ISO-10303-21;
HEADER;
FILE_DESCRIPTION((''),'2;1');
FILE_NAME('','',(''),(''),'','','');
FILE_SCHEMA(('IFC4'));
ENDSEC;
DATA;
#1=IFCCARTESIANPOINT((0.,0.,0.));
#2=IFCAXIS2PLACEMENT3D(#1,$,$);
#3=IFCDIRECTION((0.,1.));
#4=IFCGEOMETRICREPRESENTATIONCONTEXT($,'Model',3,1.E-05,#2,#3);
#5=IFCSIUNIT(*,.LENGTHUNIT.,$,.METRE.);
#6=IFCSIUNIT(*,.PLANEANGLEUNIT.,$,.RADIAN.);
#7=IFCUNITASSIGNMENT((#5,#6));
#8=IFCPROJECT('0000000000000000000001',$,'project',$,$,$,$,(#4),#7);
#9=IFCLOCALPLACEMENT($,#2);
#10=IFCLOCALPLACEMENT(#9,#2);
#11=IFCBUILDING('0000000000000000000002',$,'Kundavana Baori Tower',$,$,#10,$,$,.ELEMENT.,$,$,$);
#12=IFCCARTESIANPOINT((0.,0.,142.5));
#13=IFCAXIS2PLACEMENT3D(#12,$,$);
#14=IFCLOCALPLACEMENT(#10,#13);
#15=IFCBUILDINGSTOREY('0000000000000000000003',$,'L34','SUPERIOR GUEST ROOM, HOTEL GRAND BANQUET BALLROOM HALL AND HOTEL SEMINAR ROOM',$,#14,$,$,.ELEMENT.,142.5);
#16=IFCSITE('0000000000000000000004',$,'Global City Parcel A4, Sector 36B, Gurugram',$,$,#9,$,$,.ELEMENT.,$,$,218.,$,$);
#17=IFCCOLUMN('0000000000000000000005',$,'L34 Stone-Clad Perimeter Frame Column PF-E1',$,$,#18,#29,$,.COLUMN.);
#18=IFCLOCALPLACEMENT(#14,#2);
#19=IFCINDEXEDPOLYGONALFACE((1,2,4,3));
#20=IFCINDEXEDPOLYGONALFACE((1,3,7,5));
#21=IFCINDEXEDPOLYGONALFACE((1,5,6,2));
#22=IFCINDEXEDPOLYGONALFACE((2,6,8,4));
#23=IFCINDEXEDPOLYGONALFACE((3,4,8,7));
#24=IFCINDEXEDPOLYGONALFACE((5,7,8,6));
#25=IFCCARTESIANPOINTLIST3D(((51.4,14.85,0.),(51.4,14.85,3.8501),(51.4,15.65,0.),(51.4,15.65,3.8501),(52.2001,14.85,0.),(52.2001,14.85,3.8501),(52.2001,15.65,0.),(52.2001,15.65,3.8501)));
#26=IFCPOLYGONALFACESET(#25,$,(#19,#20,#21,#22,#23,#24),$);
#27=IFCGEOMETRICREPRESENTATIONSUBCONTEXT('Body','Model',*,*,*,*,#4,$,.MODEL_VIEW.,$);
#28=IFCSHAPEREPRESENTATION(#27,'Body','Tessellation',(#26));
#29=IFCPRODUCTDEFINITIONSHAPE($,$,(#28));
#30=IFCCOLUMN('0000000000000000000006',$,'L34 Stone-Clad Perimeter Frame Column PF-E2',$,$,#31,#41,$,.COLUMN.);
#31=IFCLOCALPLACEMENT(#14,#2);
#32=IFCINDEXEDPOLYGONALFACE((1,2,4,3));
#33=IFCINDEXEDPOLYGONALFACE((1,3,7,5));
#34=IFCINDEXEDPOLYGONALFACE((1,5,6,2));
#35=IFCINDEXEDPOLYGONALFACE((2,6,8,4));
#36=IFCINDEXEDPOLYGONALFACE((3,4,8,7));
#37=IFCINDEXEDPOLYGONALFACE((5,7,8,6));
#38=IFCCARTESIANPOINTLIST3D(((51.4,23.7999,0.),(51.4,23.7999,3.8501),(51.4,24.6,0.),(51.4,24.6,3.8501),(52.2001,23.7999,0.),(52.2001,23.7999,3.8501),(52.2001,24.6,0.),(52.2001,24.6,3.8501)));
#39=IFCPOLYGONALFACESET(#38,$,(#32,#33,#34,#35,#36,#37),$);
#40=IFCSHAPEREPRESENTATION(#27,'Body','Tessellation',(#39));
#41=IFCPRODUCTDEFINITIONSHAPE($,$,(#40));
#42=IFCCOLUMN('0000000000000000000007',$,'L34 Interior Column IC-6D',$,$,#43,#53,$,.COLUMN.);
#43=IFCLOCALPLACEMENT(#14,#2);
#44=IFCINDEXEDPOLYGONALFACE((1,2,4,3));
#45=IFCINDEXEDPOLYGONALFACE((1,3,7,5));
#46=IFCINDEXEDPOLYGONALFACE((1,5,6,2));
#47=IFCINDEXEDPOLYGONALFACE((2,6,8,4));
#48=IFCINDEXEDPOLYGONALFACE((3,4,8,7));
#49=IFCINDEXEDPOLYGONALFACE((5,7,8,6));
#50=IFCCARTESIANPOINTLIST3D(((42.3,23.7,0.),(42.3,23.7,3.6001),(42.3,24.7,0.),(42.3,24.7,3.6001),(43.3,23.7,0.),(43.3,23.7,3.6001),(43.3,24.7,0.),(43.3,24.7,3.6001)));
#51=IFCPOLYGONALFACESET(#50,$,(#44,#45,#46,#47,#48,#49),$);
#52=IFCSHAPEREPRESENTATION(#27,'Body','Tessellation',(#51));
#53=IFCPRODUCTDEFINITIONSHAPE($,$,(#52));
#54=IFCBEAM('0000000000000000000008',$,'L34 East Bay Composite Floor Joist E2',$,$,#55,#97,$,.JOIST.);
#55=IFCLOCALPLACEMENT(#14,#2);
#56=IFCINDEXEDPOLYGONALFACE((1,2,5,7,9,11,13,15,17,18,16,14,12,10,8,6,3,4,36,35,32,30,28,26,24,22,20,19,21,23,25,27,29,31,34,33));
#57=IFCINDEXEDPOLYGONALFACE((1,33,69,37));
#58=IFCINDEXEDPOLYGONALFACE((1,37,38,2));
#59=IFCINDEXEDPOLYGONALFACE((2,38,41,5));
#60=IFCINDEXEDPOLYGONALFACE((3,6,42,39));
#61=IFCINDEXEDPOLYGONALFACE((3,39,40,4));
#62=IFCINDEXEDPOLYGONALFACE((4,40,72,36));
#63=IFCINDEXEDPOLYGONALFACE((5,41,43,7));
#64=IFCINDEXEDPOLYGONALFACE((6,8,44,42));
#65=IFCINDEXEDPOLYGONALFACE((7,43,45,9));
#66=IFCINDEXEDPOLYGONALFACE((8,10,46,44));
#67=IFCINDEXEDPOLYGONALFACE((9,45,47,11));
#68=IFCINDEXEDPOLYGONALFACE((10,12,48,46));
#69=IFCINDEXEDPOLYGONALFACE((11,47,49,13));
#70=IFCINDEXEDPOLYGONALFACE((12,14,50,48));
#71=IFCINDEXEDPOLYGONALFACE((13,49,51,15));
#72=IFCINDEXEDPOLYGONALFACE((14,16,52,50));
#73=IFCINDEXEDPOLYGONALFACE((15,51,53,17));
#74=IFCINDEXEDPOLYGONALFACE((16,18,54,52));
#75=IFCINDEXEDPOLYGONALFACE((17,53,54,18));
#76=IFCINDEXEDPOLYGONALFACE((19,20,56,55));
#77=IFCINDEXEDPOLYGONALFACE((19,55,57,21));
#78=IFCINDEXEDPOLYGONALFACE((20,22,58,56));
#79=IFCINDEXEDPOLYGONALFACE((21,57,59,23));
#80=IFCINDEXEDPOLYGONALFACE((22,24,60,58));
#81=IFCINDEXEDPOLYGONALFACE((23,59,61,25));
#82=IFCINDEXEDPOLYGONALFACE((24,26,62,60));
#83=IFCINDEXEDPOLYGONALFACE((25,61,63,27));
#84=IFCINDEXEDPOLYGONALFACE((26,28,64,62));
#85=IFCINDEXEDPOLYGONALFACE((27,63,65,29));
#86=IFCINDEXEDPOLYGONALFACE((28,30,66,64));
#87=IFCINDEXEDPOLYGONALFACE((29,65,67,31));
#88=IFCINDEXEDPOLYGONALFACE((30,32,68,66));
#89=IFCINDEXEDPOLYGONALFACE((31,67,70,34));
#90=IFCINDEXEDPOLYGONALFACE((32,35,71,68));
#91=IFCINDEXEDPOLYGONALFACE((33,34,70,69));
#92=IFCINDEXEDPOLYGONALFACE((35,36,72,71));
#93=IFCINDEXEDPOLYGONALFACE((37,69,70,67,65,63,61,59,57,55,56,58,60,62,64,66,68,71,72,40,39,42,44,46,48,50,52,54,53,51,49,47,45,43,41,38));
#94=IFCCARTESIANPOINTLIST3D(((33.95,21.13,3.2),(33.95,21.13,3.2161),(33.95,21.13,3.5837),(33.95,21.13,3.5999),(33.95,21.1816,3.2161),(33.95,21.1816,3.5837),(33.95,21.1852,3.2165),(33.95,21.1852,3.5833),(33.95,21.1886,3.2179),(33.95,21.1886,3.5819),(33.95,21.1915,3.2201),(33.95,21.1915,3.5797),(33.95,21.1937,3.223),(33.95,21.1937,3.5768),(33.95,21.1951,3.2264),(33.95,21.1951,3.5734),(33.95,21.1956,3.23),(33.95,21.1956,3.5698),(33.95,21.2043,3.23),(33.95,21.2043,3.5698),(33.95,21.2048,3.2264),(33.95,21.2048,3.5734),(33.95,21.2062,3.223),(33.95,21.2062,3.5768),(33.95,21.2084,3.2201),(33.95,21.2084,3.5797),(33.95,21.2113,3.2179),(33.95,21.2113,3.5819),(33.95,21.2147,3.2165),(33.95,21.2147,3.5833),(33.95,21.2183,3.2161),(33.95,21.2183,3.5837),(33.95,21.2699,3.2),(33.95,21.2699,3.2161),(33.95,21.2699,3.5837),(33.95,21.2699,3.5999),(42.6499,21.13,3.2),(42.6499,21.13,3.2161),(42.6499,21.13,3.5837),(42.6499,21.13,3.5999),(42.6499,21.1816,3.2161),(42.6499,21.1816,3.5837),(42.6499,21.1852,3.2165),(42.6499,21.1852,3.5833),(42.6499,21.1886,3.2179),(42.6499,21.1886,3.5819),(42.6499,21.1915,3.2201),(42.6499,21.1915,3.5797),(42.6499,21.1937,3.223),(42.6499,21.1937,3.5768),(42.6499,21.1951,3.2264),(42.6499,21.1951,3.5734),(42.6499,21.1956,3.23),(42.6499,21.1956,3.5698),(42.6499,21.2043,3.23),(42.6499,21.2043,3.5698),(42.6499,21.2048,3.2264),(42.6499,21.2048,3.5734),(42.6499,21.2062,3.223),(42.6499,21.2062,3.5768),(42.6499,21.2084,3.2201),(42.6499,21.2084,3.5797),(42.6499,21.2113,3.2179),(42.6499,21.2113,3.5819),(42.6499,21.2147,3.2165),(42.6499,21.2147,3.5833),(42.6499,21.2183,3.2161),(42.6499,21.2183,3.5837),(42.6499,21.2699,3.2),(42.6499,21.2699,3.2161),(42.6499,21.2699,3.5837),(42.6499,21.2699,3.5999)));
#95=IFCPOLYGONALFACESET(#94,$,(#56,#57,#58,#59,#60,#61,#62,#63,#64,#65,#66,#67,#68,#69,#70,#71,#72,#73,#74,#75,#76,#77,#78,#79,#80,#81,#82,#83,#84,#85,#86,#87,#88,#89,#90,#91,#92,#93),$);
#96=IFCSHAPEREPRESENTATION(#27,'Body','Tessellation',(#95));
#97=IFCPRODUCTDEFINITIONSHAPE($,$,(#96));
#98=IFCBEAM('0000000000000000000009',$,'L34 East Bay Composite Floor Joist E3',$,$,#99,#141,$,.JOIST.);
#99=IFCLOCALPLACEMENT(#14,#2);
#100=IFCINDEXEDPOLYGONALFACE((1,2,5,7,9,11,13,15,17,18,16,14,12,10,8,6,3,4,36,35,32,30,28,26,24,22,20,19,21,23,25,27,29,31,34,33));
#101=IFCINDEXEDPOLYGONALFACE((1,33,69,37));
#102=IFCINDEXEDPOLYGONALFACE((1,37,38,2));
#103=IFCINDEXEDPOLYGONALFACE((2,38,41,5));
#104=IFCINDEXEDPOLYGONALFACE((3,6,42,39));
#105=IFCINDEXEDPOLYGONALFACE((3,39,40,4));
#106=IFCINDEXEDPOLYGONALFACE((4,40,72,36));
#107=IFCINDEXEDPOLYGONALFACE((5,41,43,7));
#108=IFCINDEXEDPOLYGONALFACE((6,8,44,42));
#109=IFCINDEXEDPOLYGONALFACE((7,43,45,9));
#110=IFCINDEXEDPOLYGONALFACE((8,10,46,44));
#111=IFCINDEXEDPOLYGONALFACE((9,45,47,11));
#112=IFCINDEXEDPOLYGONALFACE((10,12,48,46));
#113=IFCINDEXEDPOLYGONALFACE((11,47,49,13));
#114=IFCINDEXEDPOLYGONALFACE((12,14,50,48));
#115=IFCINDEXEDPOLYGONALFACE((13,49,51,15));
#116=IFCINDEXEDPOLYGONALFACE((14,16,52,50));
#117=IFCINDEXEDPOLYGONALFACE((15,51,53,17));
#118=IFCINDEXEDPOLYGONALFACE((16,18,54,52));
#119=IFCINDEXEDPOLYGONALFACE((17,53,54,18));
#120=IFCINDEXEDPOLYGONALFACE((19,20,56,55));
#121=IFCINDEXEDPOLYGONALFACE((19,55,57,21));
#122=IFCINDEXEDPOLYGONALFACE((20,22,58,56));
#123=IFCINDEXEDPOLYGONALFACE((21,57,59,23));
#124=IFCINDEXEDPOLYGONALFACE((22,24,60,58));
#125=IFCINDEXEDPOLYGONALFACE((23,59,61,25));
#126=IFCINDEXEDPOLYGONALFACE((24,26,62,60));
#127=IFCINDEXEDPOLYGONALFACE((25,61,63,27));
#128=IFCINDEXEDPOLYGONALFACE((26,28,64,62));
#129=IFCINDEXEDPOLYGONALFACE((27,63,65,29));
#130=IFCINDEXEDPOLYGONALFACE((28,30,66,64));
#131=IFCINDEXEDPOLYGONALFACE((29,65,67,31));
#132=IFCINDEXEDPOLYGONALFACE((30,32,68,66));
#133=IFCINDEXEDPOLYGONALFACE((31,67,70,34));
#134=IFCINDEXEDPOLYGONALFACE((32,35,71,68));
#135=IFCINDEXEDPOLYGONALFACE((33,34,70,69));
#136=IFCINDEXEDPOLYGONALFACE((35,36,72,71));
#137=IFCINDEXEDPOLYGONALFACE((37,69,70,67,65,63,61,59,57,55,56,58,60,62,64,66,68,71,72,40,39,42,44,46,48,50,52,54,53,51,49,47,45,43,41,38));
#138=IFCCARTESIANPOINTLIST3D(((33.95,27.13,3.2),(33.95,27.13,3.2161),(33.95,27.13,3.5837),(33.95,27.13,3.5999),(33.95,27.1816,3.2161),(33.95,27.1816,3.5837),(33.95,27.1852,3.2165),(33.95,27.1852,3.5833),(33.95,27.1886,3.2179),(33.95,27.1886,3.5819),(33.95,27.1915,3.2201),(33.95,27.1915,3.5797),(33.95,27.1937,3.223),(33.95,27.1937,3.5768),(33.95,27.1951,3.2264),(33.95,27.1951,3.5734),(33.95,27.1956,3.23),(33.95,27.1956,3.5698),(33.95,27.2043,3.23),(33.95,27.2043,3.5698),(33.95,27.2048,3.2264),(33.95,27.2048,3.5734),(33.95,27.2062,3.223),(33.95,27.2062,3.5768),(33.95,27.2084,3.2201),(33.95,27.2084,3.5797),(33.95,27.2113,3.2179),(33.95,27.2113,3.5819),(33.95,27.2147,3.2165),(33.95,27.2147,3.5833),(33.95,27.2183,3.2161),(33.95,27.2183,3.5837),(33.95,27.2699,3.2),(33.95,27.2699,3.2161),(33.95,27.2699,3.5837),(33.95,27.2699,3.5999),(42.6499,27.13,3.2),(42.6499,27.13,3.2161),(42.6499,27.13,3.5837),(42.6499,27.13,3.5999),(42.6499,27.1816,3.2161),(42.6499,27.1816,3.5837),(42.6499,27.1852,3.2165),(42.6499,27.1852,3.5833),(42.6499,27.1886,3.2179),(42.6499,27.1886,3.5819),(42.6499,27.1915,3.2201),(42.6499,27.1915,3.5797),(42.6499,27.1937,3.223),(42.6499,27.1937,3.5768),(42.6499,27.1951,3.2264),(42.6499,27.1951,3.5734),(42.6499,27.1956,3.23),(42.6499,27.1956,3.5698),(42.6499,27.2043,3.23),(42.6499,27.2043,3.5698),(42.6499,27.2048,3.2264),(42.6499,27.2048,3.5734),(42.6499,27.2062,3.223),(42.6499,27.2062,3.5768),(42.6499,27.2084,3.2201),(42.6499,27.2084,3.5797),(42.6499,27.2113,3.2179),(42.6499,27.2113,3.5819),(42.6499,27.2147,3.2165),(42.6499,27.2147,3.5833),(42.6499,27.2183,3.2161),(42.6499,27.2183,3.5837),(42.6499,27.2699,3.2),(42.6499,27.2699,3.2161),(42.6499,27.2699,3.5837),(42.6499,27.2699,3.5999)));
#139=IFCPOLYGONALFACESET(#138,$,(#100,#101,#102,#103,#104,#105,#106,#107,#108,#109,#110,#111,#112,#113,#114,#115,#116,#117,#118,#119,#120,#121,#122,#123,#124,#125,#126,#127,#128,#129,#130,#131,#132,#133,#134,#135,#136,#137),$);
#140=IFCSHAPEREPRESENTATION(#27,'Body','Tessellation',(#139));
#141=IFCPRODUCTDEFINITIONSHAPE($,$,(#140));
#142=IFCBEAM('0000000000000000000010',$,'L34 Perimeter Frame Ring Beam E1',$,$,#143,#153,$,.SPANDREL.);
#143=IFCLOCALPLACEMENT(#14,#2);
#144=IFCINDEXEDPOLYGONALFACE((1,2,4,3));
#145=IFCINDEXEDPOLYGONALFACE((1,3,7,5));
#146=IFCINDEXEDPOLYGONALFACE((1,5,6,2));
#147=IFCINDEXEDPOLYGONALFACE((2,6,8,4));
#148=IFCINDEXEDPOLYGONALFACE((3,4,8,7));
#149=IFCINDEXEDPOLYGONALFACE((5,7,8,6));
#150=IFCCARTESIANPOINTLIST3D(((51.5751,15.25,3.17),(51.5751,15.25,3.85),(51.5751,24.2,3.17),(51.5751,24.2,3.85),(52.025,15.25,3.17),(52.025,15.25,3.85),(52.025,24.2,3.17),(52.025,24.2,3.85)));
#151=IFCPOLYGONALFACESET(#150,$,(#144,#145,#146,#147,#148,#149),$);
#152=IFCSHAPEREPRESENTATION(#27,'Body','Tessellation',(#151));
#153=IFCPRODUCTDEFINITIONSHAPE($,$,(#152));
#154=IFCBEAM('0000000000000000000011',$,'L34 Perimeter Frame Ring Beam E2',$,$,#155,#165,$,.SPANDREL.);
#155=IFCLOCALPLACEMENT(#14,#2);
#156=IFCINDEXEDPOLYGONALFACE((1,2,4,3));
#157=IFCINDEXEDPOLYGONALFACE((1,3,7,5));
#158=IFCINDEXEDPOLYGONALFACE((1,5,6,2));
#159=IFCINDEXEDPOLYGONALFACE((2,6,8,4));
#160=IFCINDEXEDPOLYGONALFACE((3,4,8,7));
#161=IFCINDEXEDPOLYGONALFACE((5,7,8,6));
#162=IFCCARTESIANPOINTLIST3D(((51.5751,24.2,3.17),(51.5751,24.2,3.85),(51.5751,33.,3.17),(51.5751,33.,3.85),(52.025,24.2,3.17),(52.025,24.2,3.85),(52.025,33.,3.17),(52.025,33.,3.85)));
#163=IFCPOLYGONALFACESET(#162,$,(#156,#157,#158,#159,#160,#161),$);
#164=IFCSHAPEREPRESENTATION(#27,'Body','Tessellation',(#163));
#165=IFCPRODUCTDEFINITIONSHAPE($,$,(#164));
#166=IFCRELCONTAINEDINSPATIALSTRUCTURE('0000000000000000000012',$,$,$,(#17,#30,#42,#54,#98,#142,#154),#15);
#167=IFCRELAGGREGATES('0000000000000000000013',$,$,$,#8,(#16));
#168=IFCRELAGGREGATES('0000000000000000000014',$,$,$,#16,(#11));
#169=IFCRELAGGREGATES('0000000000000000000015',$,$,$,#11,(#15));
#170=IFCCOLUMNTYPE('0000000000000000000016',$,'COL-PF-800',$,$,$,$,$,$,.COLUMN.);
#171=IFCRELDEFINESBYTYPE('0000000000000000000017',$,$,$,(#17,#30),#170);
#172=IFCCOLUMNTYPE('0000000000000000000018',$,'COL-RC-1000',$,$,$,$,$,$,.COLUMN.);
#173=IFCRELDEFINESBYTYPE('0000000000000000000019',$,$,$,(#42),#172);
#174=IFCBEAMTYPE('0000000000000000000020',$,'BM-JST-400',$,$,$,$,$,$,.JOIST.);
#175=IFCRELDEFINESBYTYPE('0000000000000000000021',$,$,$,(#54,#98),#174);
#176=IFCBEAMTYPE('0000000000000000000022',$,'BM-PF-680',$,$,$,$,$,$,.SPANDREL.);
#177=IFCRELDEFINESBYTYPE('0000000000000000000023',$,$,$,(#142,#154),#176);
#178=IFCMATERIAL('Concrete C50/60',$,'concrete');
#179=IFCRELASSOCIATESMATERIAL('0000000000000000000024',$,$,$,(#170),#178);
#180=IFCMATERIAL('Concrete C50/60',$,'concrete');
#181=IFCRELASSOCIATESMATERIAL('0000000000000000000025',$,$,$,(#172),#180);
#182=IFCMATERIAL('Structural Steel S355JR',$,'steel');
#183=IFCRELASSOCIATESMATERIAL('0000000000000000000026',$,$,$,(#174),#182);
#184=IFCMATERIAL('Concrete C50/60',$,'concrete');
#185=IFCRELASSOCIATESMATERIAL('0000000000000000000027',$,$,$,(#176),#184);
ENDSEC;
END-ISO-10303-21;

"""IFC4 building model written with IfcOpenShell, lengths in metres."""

from ifc_helpers import new_model, si_unit, direction, frame, origin, origin_2d, place, context, subcontext, project, spatial, rectangle, i_section, extrude, material, material_profile, profile_set, type_object, element, save


model = new_model("IFC4")

# Units and contexts
model_context = context("Model", 3, precision=1e-05, world=origin(), true_north=direction((0.0, 1.0)))
body_context = subcontext(model_context, "Body", "Model", "MODEL_VIEW")
ifc_project = project(units=[si_unit("LENGTHUNIT", "METRE"), si_unit("PLANEANGLEUNIT", "RADIAN")], contexts=[model_context])

# Site, building, storey
site_placement = place(None, origin())
site = spatial("IfcSite", under=ifc_project, at=site_placement, Name="Global City Parcel A4, Sector 36B, Gurugram", CompositionType="ELEMENT", RefElevation=218.0)
building_placement = place(site_placement, origin())
building = spatial("IfcBuilding", under=site, at=building_placement, Name="Kundavana Baori Tower", CompositionType="ELEMENT")
storey_placement = place(building_placement, frame((0.0, 0.0, 142.5)))
storey = spatial("IfcBuildingStorey", under=building, at=storey_placement, Name="L34", Description="SUPERIOR GUEST ROOM, HOTEL GRAND BANQUET BALLROOM HALL AND HOTEL SEMINAR ROOM", CompositionType="ELEMENT", Elevation=142.5)

# Columns
ifc_material_1 = material(Name="Concrete C50/60", Category="concrete")
ifc_material_profile_1 = material_profile(ifc_material_1, rectangle(XDim=0.8, YDim=0.8, at=origin_2d()), Name="RC PF 800x800")
ifc_profile_set_1 = profile_set([ifc_material_profile_1], Name="Concrete C50/60")
column_type_1 = type_object("IfcColumnType", Name="COL-PF-800", PredefinedType="COLUMN", material=ifc_profile_set_1)
for number, where, z_axis, x_axis, name in (
    (1, (51.8, 15.25, 0.0), (0.0, 0.0, 1.0), (1.0, 0.0, 0.0), "L34 Stone-Clad Perimeter Frame Column PF-E1"),
    (2, (51.8, 24.2, 0.0), (0.0, 0.0, 1.0), (1.0, 0.0, 0.0), "L34 Stone-Clad Perimeter Frame Column PF-E2"),
):
    element("IfcColumn", number, at=place(storey_placement, frame(where, z_axis=z_axis, x_axis=x_axis)), inside=storey, type_object=column_type_1, Name=name, PredefinedType="COLUMN", context=body_context, shape_type="SweptSolid", body=[
        extrude(rectangle(XDim=0.8, YDim=0.8, at=origin_2d()), origin(), (0.0, 0.0, 1.0), 3.8501),
    ])
ifc_material_2 = material(Name="Concrete C50/60", Category="concrete")
ifc_material_profile_2 = material_profile(ifc_material_2, rectangle(XDim=1.0, YDim=1.0, at=origin_2d()), Name="RC 1000x1000")
ifc_profile_set_2 = profile_set([ifc_material_profile_2], Name="Concrete C50/60")
column_type_2 = type_object("IfcColumnType", Name="COL-RC-1000", PredefinedType="COLUMN", material=ifc_profile_set_2)
column_placement = place(storey_placement, frame((42.8, 24.2, 0.0), z_axis=(0.0, 0.0, 1.0), x_axis=(1.0, 0.0, 0.0)))
element("IfcColumn", 3, at=column_placement, inside=storey, type_object=column_type_2, Name="L34 Interior Column IC-6D", PredefinedType="COLUMN", context=body_context, shape_type="SweptSolid", body=[
    extrude(rectangle(XDim=1.0, YDim=1.0, at=origin_2d()), origin(), (0.0, 0.0, 1.0), 3.6001),
])

# Beams
ifc_material_3 = material(Name="Structural Steel S355JR", Category="steel")
ifc_material_profile_3 = material_profile(ifc_material_3, i_section(OverallWidth=0.1399, OverallDepth=0.3999, WebThickness=0.0088, FlangeThickness=0.0161, FilletRadius=0.0139, at=origin_2d()), Name="ISMB 400")
ifc_profile_set_3 = profile_set([ifc_material_profile_3], Name="Structural Steel S355JR")
beam_type_1 = type_object("IfcBeamType", Name="BM-JST-400", PredefinedType="JOIST", material=ifc_profile_set_3)
for number, where, z_axis, x_axis, name in (
    (4, (33.95, 21.2, 3.3999), (1.0, 0.0, 0.0), (0.0, 1.0, 0.0), "L34 East Bay Composite Floor Joist E2"),
    (5, (33.95, 27.2, 3.3999), (1.0, 0.0, 0.0), (0.0, 1.0, 0.0), "L34 East Bay Composite Floor Joist E3"),
):
    element("IfcBeam", number, at=place(storey_placement, frame(where, z_axis=z_axis, x_axis=x_axis)), inside=storey, type_object=beam_type_1, Name=name, PredefinedType="JOIST", context=body_context, shape_type="SweptSolid", body=[
        extrude(i_section(OverallWidth=0.1399, OverallDepth=0.3999, WebThickness=0.0088, FlangeThickness=0.0161, FilletRadius=0.0139, at=origin_2d()), origin(), (0.0, 0.0, 1.0), 8.7),
    ])
ifc_material_4 = material(Name="Concrete C50/60", Category="concrete")
ifc_material_profile_4 = material_profile(ifc_material_4, rectangle(XDim=0.45, YDim=0.6799, at=origin_2d()), Name="RC BM 450x680")
ifc_profile_set_4 = profile_set([ifc_material_profile_4], Name="Concrete C50/60")
beam_type_2 = type_object("IfcBeamType", Name="BM-PF-680", PredefinedType="SPANDREL", material=ifc_profile_set_4)
beam_1_placement = place(storey_placement, frame((51.8, 15.25, 3.51), z_axis=(0.0, 1.0, 0.0), x_axis=(-1.0, 0.0, 0.0)))
element("IfcBeam", 6, at=beam_1_placement, inside=storey, type_object=beam_type_2, Name="L34 Perimeter Frame Ring Beam E1", PredefinedType="SPANDREL", context=body_context, shape_type="SweptSolid", body=[
    extrude(rectangle(XDim=0.45, YDim=0.6799, at=origin_2d()), origin(), (0.0, 0.0, 1.0), 8.95),
])
beam_2_placement = place(storey_placement, frame((51.8, 24.2, 3.51), z_axis=(0.0, 1.0, 0.0), x_axis=(-1.0, 0.0, 0.0)))
element("IfcBeam", 7, at=beam_2_placement, inside=storey, type_object=beam_type_2, Name="L34 Perimeter Frame Ring Beam E2", PredefinedType="SPANDREL", context=body_context, shape_type="SweptSolid", body=[
    extrude(rectangle(XDim=0.45, YDim=0.6799, at=origin_2d()), origin(), (0.0, 0.0, 1.0), 8.8),
])

save(model, "model.ifc")
